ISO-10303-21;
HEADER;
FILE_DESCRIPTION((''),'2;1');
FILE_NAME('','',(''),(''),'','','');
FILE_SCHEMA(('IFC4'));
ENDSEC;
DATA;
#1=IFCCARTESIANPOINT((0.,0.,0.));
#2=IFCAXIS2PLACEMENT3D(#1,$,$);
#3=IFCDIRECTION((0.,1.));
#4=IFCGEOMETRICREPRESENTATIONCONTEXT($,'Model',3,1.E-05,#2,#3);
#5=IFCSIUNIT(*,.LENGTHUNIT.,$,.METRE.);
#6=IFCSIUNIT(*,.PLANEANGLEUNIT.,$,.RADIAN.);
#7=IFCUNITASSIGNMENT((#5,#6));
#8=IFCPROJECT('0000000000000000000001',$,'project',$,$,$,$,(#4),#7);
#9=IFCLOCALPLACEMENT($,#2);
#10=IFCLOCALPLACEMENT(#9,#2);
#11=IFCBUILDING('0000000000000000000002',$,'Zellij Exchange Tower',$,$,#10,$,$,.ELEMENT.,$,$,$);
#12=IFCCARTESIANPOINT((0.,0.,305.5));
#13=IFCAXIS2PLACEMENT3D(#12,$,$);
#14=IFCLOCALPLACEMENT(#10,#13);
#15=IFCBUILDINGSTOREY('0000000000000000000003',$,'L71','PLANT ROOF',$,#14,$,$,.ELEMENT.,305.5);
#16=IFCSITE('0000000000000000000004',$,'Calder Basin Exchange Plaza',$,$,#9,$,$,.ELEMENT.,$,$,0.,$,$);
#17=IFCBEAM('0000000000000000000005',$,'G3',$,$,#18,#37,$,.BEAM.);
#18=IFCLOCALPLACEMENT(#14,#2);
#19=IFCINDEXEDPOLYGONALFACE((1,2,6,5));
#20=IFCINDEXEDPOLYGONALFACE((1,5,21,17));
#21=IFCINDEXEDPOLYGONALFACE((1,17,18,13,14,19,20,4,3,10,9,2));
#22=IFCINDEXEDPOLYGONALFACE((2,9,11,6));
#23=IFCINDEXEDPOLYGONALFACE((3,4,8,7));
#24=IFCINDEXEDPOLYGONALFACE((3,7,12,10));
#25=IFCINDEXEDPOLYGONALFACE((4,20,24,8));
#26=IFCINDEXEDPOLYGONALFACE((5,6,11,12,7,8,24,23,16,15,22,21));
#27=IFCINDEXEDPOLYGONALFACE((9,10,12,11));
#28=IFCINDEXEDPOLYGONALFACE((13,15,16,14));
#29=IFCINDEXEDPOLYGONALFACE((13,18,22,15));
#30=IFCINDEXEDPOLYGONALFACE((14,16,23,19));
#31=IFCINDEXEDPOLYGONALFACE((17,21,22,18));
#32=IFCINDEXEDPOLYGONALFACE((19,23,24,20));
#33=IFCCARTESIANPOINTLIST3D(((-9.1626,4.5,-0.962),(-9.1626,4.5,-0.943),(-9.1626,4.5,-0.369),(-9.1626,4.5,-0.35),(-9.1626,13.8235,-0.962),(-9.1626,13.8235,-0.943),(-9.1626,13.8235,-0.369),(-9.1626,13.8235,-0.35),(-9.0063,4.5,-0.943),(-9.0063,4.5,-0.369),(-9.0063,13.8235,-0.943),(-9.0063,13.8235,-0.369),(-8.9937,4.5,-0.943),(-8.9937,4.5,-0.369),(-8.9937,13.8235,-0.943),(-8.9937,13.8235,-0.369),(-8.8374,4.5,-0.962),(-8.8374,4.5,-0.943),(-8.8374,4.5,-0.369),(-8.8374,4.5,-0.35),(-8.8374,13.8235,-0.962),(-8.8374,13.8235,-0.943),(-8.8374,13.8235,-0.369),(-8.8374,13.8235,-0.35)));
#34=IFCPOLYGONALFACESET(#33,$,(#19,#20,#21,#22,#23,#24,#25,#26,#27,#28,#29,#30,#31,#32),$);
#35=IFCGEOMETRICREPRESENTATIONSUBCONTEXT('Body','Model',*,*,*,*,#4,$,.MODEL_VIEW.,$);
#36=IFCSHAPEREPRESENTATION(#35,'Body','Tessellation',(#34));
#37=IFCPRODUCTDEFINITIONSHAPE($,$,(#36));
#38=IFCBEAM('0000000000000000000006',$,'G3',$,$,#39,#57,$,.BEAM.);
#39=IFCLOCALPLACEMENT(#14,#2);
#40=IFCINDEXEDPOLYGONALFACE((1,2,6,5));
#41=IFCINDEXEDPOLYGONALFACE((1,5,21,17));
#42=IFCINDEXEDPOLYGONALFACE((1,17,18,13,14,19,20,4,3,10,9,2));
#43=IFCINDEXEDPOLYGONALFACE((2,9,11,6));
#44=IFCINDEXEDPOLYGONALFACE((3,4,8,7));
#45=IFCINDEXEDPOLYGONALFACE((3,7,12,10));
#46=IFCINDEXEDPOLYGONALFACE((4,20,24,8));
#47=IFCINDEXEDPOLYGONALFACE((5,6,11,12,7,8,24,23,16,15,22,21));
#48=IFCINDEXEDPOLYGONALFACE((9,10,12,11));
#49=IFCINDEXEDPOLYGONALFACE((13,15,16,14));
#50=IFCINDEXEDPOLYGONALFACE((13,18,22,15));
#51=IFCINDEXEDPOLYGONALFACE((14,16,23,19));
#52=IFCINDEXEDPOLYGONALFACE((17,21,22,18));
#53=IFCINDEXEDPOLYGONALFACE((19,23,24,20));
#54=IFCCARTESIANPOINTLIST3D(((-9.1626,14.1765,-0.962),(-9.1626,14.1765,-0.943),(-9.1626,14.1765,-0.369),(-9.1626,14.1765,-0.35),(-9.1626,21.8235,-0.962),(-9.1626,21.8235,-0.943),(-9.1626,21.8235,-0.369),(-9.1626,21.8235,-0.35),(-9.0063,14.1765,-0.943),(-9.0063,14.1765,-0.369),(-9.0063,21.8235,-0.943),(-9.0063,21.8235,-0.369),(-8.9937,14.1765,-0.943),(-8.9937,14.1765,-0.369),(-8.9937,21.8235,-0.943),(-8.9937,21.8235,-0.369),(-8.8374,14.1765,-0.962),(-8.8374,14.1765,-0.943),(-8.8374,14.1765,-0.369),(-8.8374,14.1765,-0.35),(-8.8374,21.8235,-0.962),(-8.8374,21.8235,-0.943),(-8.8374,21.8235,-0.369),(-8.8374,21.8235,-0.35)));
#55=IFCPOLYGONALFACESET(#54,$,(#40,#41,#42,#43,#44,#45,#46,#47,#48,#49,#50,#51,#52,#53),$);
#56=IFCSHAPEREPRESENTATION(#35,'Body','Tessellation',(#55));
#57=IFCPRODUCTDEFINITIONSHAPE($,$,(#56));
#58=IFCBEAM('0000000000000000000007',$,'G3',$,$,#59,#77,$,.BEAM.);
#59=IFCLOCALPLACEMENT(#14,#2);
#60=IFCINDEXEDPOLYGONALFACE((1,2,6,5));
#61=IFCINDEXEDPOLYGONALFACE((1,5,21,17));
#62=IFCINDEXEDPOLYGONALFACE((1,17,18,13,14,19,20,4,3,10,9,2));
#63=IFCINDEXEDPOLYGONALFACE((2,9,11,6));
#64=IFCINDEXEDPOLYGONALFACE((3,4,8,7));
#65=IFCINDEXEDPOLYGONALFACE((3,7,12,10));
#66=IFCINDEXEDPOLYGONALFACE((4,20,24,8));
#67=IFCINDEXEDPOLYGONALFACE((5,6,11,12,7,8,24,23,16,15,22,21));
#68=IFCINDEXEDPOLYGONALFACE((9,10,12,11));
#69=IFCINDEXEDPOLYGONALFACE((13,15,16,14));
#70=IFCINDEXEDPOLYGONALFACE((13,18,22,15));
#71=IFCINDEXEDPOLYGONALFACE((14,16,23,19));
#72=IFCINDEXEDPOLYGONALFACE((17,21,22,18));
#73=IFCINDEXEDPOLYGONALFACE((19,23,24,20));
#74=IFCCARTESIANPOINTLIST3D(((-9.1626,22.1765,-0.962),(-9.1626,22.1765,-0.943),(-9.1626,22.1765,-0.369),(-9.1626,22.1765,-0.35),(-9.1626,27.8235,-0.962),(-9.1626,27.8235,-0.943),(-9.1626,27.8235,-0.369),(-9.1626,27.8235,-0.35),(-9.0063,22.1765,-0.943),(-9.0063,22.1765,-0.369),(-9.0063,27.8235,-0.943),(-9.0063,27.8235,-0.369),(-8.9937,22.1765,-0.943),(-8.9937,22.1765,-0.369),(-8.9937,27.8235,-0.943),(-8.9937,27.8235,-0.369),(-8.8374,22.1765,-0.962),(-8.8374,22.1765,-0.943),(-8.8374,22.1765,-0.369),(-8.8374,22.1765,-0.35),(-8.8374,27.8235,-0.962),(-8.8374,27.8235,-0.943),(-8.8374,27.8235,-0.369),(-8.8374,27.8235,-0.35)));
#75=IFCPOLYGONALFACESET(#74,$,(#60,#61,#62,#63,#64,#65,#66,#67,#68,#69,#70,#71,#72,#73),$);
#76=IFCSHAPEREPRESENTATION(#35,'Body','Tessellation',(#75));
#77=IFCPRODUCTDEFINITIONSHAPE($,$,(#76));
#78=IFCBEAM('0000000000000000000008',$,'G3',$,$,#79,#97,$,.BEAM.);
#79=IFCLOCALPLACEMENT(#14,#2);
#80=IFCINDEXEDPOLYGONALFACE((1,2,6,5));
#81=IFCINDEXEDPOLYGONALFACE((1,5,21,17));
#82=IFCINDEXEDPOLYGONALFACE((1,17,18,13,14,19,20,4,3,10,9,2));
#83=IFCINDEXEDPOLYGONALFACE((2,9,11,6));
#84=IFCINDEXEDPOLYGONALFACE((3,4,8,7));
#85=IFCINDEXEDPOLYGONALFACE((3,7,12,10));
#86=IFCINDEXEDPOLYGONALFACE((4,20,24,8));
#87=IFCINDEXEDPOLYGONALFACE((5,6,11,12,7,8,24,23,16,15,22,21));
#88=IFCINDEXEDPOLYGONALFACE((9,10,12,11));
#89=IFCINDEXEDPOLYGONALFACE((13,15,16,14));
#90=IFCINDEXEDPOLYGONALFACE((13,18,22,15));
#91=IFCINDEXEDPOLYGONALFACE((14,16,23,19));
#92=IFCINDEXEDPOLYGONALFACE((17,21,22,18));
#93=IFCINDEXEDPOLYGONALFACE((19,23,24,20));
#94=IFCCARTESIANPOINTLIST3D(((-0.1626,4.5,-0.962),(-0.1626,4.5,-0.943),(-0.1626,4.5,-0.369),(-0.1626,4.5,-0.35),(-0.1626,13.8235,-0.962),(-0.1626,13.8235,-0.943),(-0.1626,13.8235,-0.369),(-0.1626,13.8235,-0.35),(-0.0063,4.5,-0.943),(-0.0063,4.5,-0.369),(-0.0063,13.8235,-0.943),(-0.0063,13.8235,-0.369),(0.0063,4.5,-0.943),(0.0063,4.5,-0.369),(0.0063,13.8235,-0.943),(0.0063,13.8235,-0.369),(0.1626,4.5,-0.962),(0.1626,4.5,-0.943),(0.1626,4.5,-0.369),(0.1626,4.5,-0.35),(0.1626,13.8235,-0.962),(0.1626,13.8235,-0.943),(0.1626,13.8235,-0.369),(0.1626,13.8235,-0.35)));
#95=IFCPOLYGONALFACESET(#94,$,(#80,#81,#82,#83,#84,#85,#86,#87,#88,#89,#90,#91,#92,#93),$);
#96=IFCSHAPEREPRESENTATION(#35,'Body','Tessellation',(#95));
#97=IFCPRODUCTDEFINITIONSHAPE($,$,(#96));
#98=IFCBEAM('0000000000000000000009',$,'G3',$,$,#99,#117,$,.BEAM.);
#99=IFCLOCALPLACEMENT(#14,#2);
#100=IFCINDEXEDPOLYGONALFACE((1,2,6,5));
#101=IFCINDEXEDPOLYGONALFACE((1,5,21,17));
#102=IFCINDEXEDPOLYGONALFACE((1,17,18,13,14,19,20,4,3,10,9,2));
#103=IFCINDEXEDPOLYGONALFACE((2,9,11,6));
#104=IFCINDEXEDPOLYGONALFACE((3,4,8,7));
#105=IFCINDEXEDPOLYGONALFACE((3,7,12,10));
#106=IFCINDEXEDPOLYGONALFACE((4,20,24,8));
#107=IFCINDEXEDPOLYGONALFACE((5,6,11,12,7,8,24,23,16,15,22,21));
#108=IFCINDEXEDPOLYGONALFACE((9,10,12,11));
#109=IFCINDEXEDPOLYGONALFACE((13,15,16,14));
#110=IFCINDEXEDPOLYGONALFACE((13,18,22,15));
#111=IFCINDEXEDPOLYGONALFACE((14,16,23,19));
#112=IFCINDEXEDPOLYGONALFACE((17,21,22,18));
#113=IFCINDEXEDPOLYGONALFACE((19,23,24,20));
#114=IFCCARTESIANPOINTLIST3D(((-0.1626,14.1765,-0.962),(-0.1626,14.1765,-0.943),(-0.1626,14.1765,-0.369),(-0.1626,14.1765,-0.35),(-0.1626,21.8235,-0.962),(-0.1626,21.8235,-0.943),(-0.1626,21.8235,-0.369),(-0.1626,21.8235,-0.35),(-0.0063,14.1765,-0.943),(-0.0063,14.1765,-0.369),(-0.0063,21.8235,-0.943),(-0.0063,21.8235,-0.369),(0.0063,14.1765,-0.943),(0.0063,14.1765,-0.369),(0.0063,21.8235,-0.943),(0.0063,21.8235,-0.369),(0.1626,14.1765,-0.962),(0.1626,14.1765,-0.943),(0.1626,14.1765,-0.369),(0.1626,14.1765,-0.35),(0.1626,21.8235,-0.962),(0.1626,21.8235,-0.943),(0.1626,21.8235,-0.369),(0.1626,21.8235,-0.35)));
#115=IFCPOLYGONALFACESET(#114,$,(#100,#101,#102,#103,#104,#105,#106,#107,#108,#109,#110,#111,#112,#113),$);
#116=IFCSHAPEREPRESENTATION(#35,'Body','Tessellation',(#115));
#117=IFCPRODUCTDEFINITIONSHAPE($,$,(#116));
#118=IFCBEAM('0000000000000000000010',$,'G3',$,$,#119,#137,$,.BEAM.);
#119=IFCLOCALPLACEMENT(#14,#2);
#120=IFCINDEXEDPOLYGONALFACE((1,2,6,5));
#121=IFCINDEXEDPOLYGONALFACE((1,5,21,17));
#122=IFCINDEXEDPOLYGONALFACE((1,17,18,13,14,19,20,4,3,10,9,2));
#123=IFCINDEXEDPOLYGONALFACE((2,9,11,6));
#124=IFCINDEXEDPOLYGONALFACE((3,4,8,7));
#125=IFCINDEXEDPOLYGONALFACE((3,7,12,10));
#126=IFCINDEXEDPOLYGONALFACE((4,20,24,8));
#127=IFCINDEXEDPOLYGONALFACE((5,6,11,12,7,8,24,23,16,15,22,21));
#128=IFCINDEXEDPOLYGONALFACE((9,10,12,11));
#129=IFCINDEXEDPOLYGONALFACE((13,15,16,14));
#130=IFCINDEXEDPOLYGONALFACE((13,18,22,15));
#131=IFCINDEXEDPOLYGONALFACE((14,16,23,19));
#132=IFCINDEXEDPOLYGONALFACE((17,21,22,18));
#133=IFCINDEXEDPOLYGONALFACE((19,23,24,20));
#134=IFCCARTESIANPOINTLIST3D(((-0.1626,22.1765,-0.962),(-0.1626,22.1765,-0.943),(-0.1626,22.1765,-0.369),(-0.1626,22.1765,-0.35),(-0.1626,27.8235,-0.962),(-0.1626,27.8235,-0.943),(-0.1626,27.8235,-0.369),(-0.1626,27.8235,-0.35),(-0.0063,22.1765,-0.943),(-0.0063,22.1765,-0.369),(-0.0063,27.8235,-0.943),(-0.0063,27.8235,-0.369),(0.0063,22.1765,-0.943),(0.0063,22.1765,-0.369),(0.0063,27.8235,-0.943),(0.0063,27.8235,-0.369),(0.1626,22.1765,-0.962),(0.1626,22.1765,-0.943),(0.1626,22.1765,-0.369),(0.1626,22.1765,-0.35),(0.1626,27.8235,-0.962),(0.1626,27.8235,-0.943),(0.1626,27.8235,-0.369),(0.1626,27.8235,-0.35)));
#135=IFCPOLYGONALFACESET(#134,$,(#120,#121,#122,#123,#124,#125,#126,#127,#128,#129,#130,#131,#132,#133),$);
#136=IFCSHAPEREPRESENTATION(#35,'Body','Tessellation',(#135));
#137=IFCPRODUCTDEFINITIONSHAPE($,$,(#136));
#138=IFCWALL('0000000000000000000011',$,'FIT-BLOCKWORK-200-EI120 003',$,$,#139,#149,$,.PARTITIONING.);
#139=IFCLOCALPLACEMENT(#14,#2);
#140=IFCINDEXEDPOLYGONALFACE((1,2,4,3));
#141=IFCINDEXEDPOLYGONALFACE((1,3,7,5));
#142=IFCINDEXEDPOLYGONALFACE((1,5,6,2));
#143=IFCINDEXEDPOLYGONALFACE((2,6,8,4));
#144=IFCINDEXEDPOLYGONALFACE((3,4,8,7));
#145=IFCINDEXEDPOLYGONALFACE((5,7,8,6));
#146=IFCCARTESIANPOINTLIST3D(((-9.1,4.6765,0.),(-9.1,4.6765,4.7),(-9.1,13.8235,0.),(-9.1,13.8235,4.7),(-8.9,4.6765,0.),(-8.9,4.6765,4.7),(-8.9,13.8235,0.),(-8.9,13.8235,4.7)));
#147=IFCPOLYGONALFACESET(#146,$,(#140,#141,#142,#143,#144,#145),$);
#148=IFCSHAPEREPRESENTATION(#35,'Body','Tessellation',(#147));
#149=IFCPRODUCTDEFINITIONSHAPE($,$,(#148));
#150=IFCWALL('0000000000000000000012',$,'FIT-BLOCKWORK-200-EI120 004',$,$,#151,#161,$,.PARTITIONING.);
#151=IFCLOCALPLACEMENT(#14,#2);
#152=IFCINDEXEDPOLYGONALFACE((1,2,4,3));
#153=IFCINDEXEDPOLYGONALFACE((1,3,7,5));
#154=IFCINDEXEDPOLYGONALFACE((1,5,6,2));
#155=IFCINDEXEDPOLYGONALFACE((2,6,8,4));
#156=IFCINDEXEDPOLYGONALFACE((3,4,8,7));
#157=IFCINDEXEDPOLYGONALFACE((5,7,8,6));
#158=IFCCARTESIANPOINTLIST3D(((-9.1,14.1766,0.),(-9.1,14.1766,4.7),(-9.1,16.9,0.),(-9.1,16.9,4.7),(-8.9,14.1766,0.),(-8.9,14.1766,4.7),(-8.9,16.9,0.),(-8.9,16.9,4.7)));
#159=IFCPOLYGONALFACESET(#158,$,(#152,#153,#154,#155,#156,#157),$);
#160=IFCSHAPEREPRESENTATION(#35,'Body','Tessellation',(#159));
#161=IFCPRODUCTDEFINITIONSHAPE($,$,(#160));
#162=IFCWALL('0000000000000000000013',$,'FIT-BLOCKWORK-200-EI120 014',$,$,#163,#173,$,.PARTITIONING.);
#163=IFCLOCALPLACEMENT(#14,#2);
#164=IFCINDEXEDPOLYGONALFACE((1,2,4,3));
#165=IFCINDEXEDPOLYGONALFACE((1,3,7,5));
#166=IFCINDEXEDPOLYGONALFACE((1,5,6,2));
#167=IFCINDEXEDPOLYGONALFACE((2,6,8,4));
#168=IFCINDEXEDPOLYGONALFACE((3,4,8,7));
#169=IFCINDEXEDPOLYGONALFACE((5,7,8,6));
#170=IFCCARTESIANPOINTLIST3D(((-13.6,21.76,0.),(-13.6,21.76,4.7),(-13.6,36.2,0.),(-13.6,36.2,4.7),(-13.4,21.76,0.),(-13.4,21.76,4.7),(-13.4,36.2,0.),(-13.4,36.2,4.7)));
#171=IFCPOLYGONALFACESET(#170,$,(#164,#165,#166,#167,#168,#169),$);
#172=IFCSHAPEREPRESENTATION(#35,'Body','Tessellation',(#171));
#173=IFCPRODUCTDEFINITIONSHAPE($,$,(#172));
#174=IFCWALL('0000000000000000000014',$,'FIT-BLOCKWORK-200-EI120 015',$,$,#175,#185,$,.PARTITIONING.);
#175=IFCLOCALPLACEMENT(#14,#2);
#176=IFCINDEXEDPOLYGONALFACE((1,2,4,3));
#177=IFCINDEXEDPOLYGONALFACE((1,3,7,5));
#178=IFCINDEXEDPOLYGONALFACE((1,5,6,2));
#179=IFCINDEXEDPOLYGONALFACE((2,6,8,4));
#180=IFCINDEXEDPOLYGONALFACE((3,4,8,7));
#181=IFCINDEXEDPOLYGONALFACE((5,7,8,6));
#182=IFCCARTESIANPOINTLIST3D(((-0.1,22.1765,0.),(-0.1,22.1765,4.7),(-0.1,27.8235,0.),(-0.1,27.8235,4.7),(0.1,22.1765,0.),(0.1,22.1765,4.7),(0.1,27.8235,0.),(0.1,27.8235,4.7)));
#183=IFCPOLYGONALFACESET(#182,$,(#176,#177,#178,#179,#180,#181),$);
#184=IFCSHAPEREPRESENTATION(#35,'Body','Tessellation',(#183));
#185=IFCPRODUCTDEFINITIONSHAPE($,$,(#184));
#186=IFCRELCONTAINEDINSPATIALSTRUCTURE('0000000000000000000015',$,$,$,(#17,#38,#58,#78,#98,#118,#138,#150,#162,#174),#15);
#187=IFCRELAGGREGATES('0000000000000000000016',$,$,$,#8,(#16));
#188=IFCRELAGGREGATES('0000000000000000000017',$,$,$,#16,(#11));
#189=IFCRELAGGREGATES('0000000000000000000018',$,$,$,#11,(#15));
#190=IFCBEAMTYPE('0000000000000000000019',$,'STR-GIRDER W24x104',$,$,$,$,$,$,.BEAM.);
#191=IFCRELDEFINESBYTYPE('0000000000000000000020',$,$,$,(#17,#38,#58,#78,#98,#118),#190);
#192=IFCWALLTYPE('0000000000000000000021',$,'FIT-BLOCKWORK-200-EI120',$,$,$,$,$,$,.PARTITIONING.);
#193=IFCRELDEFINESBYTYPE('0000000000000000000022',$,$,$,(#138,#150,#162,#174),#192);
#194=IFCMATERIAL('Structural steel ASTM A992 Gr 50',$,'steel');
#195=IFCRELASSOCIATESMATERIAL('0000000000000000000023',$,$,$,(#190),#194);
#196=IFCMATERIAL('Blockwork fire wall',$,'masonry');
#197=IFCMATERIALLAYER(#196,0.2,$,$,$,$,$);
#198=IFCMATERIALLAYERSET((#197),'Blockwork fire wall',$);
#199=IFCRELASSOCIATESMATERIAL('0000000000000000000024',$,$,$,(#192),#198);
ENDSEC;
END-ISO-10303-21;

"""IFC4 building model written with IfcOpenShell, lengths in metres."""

from ifc_helpers import new_model, si_unit, direction, frame, frame_2d, origin, origin_2d, place, context, subcontext, project, spatial, rectangle, i_section, extrude, material, layer, layer_set, material_profile, profile_set, type_object, element, save


model = new_model("IFC4")

# Units and contexts
model_context = context("Model", 3, precision=1e-05, world=origin(), true_north=direction((0.0, 1.0)))
body_context = subcontext(model_context, "Body", "Model", "MODEL_VIEW")
ifc_project = project(units=[si_unit("LENGTHUNIT", "METRE"), si_unit("PLANEANGLEUNIT", "RADIAN")], contexts=[model_context])

# Site, building, storey
site_placement = place(None, origin())
site = spatial("IfcSite", under=ifc_project, at=site_placement, Name="Calder Basin Exchange Plaza", CompositionType="ELEMENT", RefElevation=0.0)
building_placement = place(site_placement, origin())
building = spatial("IfcBuilding", under=site, at=building_placement, Name="Zellij Exchange Tower", CompositionType="ELEMENT")
storey_placement = place(building_placement, frame((0.0, 0.0, 305.5)))
storey = spatial("IfcBuildingStorey", under=building, at=storey_placement, Name="L71", Description="PLANT ROOF", CompositionType="ELEMENT", Elevation=305.5)

# Shared definitions
ifc_material_1 = material(Name="Structural steel ASTM A992 Gr 50", Category="steel")

# Beams
ifc_material_profile_1 = material_profile(ifc_material_1, i_section(OverallWidth=0.3252, OverallDepth=0.6121, WebThickness=0.0127, FlangeThickness=0.019, at=origin_2d()), Name="W24x104")
ifc_profile_set_1 = profile_set([ifc_material_profile_1], Name="Structural steel ASTM A992 Gr 50")
beam_type = type_object("IfcBeamType", Name="STR-GIRDER W24x104", PredefinedType="BEAM", material=ifc_profile_set_1)
beam_1_placement = place(storey_placement, frame((-9.0, 4.5, -0.656), z_axis=(0.0, 1.0, 0.0), x_axis=(-1.0, 0.0, 0.0)))
element("IfcBeam", 1, at=beam_1_placement, inside=storey, type_object=beam_type, Name="G3", PredefinedType="BEAM", context=body_context, shape_type="SweptSolid", body=[
    extrude(i_section(OverallWidth=0.3252, OverallDepth=0.6121, WebThickness=0.0127, FlangeThickness=0.019, at=origin_2d()), origin(), (0.0, 0.0, 1.0), 9.3235),
])
beam_2_placement = place(storey_placement, frame((-9.0, 14.1765, -0.656), z_axis=(0.0, 1.0, 0.0), x_axis=(-1.0, 0.0, 0.0)))
element("IfcBeam", 2, at=beam_2_placement, inside=storey, type_object=beam_type, Name="G3", PredefinedType="BEAM", context=body_context, shape_type="SweptSolid", body=[
    extrude(i_section(OverallWidth=0.3252, OverallDepth=0.6121, WebThickness=0.0127, FlangeThickness=0.019, at=origin_2d()), origin(), (0.0, 0.0, 1.0), 7.647),
])
beam_3_placement = place(storey_placement, frame((-9.0, 22.1765, -0.656), z_axis=(0.0, 1.0, 0.0), x_axis=(-1.0, 0.0, 0.0)))
element("IfcBeam", 3, at=beam_3_placement, inside=storey, type_object=beam_type, Name="G3", PredefinedType="BEAM", context=body_context, shape_type="SweptSolid", body=[
    extrude(i_section(OverallWidth=0.3252, OverallDepth=0.6121, WebThickness=0.0127, FlangeThickness=0.019, at=origin_2d()), origin(), (0.0, 0.0, 1.0), 5.647),
])
beam_4_placement = place(storey_placement, frame((0.0, 4.5, -0.656), z_axis=(0.0, 1.0, 0.0), x_axis=(-1.0, 0.0, 0.0)))
element("IfcBeam", 4, at=beam_4_placement, inside=storey, type_object=beam_type, Name="G3", PredefinedType="BEAM", context=body_context, shape_type="SweptSolid", body=[
    extrude(i_section(OverallWidth=0.3252, OverallDepth=0.6121, WebThickness=0.0127, FlangeThickness=0.019, at=origin_2d()), origin(), (0.0, 0.0, 1.0), 9.3235),
])
beam_5_placement = place(storey_placement, frame((0.0, 14.1765, -0.656), z_axis=(0.0, 1.0, 0.0), x_axis=(-1.0, 0.0, 0.0)))
element("IfcBeam", 5, at=beam_5_placement, inside=storey, type_object=beam_type, Name="G3", PredefinedType="BEAM", context=body_context, shape_type="SweptSolid", body=[
    extrude(i_section(OverallWidth=0.3252, OverallDepth=0.6121, WebThickness=0.0127, FlangeThickness=0.019, at=origin_2d()), origin(), (0.0, 0.0, 1.0), 7.647),
])
beam_6_placement = place(storey_placement, frame((0.0, 22.1765, -0.656), z_axis=(0.0, 1.0, 0.0), x_axis=(-1.0, 0.0, 0.0)))
element("IfcBeam", 6, at=beam_6_placement, inside=storey, type_object=beam_type, Name="G3", PredefinedType="BEAM", context=body_context, shape_type="SweptSolid", body=[
    extrude(i_section(OverallWidth=0.3252, OverallDepth=0.6121, WebThickness=0.0127, FlangeThickness=0.019, at=origin_2d()), origin(), (0.0, 0.0, 1.0), 5.647),
])

# Walls
ifc_material_2 = material(Name="Blockwork fire wall", Category="masonry")
ifc_layer = layer(ifc_material_2, 0.2)
ifc_layer_set = layer_set([ifc_layer], Name="Blockwork fire wall")
wall_type = type_object("IfcWallType", Name="FIT-BLOCKWORK-200-EI120", PredefinedType="PARTITIONING", material=ifc_layer_set)
wall_1_placement = place(storey_placement, frame((-9.0, 4.6765, 0.0), z_axis=(0.0, 0.0, 1.0), x_axis=(0.0, 1.0, 0.0)))
element("IfcWall", 7, at=wall_1_placement, inside=storey, type_object=wall_type, Name="FIT-BLOCKWORK-200-EI120 003", PredefinedType="PARTITIONING", context=body_context, shape_type="SweptSolid", body=[
    extrude(rectangle(XDim=9.147, YDim=0.2, at=frame_2d((4.5735, 0.0))), origin(), (0.0, 0.0, 1.0), 4.7),
])
wall_2_placement = place(storey_placement, frame((-9.0, 14.1765, 0.0), z_axis=(0.0, 0.0, 1.0), x_axis=(0.0, 1.0, 0.0)))
element("IfcWall", 8, at=wall_2_placement, inside=storey, type_object=wall_type, Name="FIT-BLOCKWORK-200-EI120 004", PredefinedType="PARTITIONING", context=body_context, shape_type="SweptSolid", body=[
    extrude(rectangle(XDim=2.7234, YDim=0.2, at=frame_2d((1.3618, 0.0))), origin(), (0.0, 0.0, 1.0), 4.7),
])
wall_3_placement = place(storey_placement, frame((-13.5, 21.76, 0.0), z_axis=(0.0, 0.0, 1.0), x_axis=(0.0, 1.0, 0.0)))
element("IfcWall", 9, at=wall_3_placement, inside=storey, type_object=wall_type, Name="FIT-BLOCKWORK-200-EI120 014", PredefinedType="PARTITIONING", context=body_context, shape_type="SweptSolid", body=[
    extrude(rectangle(XDim=14.4399, YDim=0.2, at=frame_2d((7.22, 0.0))), origin(), (0.0, 0.0, 1.0), 4.7),
])
wall_4_placement = place(storey_placement, frame((0.0, 22.1765, 0.0), z_axis=(0.0, 0.0, 1.0), x_axis=(0.0, 1.0, 0.0)))
element("IfcWall", 10, at=wall_4_placement, inside=storey, type_object=wall_type, Name="FIT-BLOCKWORK-200-EI120 015", PredefinedType="PARTITIONING", context=body_context, shape_type="SweptSolid", body=[
    extrude(rectangle(XDim=5.647, YDim=0.2, at=frame_2d((2.8235, 0.0))), origin(), (0.0, 0.0, 1.0), 4.7),
])

save(model, "model.ifc")
